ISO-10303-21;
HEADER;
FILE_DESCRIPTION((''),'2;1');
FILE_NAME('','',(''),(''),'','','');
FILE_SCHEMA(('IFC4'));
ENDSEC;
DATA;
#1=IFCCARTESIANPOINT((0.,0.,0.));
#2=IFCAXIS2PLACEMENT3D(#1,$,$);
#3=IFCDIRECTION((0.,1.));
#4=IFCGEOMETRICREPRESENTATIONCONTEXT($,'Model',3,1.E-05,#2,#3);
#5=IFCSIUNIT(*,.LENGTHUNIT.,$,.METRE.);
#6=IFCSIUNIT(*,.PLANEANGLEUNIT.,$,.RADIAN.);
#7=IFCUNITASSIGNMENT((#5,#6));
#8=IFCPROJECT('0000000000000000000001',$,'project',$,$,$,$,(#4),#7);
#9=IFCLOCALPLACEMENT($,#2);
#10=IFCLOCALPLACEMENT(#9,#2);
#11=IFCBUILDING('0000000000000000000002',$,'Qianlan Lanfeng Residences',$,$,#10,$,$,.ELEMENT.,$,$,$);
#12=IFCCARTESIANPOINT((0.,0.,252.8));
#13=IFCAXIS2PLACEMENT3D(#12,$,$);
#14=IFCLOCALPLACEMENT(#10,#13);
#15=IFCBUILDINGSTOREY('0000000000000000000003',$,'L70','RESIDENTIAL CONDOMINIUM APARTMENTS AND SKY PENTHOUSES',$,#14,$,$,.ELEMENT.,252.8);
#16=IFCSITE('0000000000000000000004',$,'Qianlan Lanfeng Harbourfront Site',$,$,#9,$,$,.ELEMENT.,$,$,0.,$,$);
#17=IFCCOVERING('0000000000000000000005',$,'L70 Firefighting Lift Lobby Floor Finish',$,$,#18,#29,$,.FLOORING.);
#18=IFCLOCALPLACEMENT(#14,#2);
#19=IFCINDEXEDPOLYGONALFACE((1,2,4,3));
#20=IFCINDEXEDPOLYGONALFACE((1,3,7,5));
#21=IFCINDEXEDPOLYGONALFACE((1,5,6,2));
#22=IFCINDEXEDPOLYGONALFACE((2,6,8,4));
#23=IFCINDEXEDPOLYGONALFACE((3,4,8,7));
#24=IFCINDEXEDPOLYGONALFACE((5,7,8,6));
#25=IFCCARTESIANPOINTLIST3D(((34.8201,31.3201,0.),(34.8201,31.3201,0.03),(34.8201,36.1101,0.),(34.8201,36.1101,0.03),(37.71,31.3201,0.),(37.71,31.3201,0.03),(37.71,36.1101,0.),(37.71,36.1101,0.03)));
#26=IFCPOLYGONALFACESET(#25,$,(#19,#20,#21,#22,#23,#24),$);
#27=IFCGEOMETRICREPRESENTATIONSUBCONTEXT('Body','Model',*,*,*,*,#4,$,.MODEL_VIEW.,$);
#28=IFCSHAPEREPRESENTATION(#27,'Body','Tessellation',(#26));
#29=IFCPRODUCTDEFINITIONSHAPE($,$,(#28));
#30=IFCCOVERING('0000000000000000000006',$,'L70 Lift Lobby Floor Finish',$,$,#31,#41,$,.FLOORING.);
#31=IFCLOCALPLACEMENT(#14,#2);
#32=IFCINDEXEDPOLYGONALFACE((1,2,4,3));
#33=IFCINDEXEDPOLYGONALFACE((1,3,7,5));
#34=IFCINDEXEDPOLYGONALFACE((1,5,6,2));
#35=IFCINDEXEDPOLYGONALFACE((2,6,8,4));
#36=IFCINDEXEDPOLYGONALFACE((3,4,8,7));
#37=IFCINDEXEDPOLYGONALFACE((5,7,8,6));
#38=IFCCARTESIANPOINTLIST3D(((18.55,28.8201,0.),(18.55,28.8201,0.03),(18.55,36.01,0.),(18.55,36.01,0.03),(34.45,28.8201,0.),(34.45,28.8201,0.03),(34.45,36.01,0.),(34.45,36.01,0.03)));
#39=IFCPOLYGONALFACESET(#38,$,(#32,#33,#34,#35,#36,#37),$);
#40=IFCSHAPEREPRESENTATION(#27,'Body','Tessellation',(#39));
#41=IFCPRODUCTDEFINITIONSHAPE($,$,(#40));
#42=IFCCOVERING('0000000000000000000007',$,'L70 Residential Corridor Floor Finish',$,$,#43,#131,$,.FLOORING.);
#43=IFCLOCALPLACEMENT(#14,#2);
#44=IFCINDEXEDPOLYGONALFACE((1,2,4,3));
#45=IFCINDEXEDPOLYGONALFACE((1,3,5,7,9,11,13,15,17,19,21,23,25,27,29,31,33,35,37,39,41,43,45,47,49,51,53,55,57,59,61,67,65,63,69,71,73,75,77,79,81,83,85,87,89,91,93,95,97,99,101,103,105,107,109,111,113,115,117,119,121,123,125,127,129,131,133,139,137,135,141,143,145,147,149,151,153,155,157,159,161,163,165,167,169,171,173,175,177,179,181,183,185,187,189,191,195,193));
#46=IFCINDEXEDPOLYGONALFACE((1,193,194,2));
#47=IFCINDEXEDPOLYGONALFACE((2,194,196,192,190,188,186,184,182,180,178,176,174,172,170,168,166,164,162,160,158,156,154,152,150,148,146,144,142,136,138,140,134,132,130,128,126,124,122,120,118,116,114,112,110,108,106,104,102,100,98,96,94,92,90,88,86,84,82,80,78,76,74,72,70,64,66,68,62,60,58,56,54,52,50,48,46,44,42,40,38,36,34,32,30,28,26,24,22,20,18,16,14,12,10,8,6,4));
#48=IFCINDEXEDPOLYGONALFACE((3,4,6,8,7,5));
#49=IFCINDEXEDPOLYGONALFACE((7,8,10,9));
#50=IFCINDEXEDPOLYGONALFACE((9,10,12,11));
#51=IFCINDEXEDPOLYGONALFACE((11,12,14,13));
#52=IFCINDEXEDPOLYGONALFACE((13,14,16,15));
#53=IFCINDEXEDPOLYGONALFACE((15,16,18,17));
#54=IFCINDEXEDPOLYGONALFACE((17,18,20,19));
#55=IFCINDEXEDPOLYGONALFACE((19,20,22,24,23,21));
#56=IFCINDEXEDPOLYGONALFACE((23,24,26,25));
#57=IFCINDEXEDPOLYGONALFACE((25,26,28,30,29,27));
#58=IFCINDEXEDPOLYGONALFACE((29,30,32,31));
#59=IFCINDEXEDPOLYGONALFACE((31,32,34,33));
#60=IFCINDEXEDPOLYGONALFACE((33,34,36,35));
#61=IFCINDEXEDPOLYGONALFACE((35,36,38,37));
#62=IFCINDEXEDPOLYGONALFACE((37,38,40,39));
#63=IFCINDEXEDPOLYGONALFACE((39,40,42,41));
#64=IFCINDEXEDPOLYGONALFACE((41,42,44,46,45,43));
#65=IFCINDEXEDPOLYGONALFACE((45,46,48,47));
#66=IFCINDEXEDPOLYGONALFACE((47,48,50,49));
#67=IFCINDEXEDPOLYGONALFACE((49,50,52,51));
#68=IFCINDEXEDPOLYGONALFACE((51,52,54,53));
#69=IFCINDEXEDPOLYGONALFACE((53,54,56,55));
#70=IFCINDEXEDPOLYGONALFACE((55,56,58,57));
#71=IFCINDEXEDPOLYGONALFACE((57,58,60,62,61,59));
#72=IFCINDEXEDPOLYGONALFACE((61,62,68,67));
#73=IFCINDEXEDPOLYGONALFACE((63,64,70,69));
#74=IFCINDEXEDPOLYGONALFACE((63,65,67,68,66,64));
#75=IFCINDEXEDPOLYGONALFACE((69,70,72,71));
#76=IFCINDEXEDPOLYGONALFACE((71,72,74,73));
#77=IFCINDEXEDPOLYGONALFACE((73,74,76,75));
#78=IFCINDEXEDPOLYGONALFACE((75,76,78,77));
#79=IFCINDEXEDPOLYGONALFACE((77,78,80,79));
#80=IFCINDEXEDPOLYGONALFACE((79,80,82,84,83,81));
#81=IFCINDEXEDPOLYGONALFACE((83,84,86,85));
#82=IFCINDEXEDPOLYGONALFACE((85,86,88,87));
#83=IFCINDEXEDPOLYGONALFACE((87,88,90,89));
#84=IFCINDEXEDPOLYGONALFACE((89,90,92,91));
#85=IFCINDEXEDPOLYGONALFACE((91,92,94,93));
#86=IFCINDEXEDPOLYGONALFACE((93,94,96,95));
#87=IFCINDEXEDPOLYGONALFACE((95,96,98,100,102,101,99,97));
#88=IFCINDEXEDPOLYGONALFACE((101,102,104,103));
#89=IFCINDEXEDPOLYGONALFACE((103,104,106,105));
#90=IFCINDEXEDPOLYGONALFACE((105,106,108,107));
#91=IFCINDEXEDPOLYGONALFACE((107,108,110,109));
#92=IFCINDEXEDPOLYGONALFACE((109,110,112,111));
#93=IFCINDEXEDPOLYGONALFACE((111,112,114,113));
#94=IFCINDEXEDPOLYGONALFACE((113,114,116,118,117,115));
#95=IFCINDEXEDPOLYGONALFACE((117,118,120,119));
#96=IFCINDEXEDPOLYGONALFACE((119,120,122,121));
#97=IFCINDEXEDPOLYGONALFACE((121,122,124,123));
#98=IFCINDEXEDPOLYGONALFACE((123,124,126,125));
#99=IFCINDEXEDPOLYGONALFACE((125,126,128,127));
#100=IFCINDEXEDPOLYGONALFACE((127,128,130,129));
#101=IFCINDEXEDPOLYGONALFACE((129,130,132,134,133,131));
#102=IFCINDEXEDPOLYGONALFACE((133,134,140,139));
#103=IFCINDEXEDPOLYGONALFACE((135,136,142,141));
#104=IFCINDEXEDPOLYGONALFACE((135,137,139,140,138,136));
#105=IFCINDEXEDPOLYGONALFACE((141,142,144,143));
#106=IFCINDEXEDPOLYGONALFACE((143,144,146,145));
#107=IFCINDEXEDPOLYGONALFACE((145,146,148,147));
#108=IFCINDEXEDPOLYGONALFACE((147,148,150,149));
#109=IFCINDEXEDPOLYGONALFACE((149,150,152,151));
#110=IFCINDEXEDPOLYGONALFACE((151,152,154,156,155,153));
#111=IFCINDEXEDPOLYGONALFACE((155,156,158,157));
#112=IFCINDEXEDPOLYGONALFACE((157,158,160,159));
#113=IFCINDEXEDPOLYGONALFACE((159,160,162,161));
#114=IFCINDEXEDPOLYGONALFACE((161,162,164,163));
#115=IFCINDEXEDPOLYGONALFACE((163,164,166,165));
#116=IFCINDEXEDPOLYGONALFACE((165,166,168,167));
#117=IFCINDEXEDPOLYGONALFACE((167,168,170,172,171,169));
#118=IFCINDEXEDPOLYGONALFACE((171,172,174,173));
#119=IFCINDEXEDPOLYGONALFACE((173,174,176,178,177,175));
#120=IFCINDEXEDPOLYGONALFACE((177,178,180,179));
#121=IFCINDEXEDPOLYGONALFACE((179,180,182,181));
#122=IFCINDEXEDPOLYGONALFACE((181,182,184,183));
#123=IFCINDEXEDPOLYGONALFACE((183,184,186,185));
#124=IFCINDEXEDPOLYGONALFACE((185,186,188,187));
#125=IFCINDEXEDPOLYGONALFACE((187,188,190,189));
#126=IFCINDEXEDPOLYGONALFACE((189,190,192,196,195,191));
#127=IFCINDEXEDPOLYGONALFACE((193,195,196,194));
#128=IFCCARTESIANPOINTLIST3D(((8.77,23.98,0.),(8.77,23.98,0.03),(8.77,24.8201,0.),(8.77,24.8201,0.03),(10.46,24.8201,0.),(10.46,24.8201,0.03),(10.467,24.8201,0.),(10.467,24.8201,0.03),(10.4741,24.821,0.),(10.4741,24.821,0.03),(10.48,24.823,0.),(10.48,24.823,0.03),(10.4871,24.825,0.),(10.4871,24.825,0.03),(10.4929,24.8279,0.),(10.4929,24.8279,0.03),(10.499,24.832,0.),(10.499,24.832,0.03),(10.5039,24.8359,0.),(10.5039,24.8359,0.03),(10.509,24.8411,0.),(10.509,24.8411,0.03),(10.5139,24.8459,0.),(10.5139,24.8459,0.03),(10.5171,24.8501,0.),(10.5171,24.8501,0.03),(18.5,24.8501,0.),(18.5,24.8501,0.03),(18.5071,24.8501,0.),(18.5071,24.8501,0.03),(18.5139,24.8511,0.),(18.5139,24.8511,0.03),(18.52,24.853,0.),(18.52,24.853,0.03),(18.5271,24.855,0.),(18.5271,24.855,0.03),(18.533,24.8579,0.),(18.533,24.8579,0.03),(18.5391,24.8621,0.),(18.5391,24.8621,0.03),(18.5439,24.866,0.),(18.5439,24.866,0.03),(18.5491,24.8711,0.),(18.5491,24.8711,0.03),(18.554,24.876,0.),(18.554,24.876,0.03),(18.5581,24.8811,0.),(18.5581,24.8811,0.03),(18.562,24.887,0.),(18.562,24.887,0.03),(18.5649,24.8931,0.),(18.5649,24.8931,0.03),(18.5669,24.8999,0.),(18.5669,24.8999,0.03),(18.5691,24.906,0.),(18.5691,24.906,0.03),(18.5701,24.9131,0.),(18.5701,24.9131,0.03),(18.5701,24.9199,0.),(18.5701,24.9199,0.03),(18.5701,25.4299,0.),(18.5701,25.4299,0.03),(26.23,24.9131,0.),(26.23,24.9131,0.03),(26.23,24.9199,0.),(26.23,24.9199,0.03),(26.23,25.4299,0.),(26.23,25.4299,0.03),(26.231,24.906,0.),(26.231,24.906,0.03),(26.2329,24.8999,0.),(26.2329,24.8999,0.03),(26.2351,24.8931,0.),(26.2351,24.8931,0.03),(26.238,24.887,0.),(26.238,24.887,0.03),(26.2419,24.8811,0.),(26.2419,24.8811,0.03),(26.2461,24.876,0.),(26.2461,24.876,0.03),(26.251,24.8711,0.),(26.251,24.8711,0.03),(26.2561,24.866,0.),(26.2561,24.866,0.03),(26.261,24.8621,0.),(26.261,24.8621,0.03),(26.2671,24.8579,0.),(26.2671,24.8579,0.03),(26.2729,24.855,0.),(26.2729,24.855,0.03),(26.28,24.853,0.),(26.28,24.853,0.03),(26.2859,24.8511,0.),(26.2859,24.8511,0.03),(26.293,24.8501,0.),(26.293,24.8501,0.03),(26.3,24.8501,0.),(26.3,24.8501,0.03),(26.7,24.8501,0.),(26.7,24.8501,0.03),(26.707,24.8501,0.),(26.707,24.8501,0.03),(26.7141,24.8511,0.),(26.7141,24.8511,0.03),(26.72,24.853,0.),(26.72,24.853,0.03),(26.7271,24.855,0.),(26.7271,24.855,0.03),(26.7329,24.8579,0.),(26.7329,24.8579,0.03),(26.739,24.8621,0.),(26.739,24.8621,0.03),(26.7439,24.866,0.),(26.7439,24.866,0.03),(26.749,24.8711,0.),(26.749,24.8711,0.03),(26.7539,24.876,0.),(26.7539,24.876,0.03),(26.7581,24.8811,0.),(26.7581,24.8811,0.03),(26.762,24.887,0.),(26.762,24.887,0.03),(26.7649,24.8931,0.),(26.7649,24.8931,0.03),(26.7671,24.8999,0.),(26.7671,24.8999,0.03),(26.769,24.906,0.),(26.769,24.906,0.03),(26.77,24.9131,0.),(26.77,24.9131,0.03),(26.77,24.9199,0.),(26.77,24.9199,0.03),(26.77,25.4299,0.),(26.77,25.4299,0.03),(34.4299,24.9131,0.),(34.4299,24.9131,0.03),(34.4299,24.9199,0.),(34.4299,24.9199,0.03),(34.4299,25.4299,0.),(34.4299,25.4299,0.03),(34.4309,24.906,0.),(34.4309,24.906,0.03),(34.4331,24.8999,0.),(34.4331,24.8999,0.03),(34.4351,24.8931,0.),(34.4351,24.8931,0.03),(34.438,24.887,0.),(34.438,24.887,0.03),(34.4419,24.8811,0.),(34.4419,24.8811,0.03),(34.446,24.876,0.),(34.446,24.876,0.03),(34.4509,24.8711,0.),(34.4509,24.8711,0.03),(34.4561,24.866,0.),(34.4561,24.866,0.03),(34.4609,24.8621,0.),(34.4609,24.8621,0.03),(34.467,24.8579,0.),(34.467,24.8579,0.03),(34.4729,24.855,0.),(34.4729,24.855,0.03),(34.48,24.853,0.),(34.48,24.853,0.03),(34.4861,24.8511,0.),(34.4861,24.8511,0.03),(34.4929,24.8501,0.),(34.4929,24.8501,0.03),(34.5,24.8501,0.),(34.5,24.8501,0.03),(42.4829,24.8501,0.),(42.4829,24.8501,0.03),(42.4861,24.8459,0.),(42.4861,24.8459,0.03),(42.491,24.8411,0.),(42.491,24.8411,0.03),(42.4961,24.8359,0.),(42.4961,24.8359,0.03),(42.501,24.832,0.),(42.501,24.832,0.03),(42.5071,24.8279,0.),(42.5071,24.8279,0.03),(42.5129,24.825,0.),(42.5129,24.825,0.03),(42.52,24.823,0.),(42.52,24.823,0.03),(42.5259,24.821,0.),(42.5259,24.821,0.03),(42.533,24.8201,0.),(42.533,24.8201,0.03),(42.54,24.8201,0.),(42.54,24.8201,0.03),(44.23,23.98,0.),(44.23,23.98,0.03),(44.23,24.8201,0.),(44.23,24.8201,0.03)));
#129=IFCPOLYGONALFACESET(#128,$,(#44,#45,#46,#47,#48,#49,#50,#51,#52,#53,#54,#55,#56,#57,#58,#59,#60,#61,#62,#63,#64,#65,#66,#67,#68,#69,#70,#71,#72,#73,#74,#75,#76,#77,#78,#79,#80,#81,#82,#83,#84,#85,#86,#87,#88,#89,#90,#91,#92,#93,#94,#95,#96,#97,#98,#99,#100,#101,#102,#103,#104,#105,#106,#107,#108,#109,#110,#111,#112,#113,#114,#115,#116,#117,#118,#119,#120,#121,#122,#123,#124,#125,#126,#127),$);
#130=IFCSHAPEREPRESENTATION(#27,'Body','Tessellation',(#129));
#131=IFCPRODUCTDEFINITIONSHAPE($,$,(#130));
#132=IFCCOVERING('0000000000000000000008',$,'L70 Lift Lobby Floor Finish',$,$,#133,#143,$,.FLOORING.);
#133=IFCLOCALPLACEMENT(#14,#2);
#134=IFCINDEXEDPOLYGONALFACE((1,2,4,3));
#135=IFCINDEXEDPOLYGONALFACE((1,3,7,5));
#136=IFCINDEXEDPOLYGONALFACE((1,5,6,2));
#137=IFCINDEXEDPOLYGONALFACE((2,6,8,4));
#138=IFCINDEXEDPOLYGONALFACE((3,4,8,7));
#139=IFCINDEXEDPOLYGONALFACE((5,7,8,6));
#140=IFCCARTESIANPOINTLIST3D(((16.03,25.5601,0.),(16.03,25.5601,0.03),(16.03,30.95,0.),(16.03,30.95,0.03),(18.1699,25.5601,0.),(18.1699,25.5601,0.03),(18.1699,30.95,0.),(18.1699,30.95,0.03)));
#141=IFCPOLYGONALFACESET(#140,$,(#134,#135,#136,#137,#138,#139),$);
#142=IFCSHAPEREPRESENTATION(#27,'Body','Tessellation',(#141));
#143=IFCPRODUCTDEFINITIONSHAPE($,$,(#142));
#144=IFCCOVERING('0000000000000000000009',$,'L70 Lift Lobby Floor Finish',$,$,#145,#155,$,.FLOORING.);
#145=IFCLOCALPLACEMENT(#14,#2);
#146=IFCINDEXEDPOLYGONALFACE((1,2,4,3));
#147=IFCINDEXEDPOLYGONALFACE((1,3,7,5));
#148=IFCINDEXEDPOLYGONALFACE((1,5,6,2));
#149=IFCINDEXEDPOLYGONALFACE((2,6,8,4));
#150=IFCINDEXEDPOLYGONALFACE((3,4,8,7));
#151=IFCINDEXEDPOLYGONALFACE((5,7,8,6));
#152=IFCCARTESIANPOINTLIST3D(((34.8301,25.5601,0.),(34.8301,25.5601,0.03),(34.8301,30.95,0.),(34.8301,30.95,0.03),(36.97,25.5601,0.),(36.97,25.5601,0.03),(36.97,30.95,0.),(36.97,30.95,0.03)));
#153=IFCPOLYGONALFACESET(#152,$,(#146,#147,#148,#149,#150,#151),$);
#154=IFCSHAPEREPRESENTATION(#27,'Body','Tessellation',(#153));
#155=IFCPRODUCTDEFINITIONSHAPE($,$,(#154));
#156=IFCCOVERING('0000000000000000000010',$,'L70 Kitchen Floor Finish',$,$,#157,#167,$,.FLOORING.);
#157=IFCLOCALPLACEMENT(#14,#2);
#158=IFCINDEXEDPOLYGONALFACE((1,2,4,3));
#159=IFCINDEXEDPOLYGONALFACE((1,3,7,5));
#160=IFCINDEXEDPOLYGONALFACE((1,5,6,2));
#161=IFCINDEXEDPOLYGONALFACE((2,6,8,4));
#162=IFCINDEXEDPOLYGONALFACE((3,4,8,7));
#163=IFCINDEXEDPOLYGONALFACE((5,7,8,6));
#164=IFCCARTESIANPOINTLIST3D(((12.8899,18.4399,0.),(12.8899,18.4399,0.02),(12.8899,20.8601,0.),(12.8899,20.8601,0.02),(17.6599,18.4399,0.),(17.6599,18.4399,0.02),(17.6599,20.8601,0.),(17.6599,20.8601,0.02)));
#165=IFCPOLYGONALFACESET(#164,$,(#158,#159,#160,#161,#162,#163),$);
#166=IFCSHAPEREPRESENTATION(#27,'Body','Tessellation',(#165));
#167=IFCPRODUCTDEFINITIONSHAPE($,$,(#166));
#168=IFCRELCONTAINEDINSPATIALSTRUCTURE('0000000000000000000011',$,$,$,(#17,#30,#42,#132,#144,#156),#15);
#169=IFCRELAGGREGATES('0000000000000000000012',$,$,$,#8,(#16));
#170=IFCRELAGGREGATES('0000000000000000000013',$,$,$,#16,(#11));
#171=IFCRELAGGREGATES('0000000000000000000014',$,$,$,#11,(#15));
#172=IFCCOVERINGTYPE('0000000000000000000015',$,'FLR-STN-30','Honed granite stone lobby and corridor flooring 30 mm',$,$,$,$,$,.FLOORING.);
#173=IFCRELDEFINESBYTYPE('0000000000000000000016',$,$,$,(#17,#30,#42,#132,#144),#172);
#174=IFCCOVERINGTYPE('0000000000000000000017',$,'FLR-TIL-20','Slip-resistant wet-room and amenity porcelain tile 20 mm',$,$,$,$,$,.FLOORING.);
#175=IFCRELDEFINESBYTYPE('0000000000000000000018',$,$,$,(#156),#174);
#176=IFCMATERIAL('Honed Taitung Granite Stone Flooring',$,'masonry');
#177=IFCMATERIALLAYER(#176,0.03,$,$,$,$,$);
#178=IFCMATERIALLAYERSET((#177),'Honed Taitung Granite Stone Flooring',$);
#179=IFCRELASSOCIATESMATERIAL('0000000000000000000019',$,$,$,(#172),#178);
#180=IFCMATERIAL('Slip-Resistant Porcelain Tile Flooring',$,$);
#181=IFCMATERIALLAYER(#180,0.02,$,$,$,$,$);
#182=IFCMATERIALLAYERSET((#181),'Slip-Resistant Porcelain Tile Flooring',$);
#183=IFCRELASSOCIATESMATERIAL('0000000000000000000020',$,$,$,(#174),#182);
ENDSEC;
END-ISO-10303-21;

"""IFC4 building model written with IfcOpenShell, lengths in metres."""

from ifc_helpers import new_model, si_unit, direction, frame, origin, place, context, subcontext, project, spatial, polyline, outline, extrude, material, layer, layer_set, type_object, element, save


model = new_model("IFC4")

# Units and contexts
model_context = context("Model", 3, precision=1e-05, world=origin(), true_north=direction((0.0, 1.0)))
body_context = subcontext(model_context, "Body", "Model", "MODEL_VIEW")
ifc_project = project(units=[si_unit("LENGTHUNIT", "METRE"), si_unit("PLANEANGLEUNIT", "RADIAN")], contexts=[model_context])

# Site, building, storey
site_placement = place(None, origin())
site = spatial("IfcSite", under=ifc_project, at=site_placement, Name="Qianlan Lanfeng Harbourfront Site", CompositionType="ELEMENT", RefElevation=0.0)
building_placement = place(site_placement, origin())
building = spatial("IfcBuilding", under=site, at=building_placement, Name="Qianlan Lanfeng Residences", CompositionType="ELEMENT")
storey_placement = place(building_placement, frame((0.0, 0.0, 252.8)))
storey = spatial("IfcBuildingStorey", under=building, at=storey_placement, Name="L70", Description="RESIDENTIAL CONDOMINIUM APARTMENTS AND SKY PENTHOUSES", CompositionType="ELEMENT", Elevation=252.8)

# Coverings
ifc_material_1 = material(Name="Honed Taitung Granite Stone Flooring", Category="masonry")
ifc_layer_1 = layer(ifc_material_1, 0.03)
ifc_layer_set_1 = layer_set([ifc_layer_1], Name="Honed Taitung Granite Stone Flooring")
covering_type_1 = type_object("IfcCoveringType", Name="FLR-STN-30", Description="Honed granite stone lobby and corridor flooring 30 mm", PredefinedType="FLOORING", material=ifc_layer_set_1)
covering_1_placement = place(storey_placement, origin())
element("IfcCovering", 1, at=covering_1_placement, inside=storey, type_object=covering_type_1, Name="L70 Firefighting Lift Lobby Floor Finish", PredefinedType="FLOORING", context=body_context, shape_type="SweptSolid", body=[
    extrude(outline(polyline([(34.8201, 31.3201), (37.71, 31.3201), (37.71, 36.1101), (34.8201, 36.1101), (34.8201, 31.3201)])), origin(), (0.0, 0.0, 1.0), 0.03),
])
covering_2_placement = place(storey_placement, origin())
element("IfcCovering", 2, at=covering_2_placement, inside=storey, type_object=covering_type_1, Name="L70 Lift Lobby Floor Finish", PredefinedType="FLOORING", context=body_context, shape_type="SweptSolid", body=[
    extrude(outline(polyline([(18.55, 28.8201), (34.45, 28.8201), (34.45, 36.01), (18.55, 36.01), (18.55, 28.8201)])), origin(), (0.0, 0.0, 1.0), 0.03),
])
covering_3_placement = place(storey_placement, origin())
element("IfcCovering", 3, at=covering_3_placement, inside=storey, type_object=covering_type_1, Name="L70 Residential Corridor Floor Finish", PredefinedType="FLOORING", context=body_context, shape_type="SweptSolid", body=[
    extrude(outline(polyline([(8.77, 23.98), (44.23, 23.98), (44.23, 24.8201), (42.54, 24.8201), (42.533, 24.8201), (42.5259, 24.821), (42.52, 24.823), (42.5129, 24.825), (42.5071, 24.8279), (42.501, 24.832), (42.4961, 24.8359), (42.491, 24.8411), (42.4861, 24.8459), (42.4829, 24.8501), (34.5, 24.8501), (34.4929, 24.8501), (34.4861, 24.8511), (34.48, 24.853), (34.4729, 24.855), (34.467, 24.8579), (34.4609, 24.8621), (34.4561, 24.866), (34.4509, 24.8711), (34.446, 24.876), (34.4419, 24.8811), (34.438, 24.887), (34.4351, 24.8931), (34.4331, 24.8999), (34.4309, 24.906), (34.4299, 24.9131), (34.4299, 24.9199), (34.4299, 25.4299), (26.77, 25.4299), (26.77, 24.9199), (26.77, 24.9131), (26.769, 24.906), (26.7671, 24.8999), (26.7649, 24.8931), (26.762, 24.887), (26.7581, 24.8811), (26.7539, 24.876), (26.749, 24.8711), (26.7439, 24.866), (26.739, 24.8621), (26.7329, 24.8579), (26.7271, 24.855), (26.72, 24.853), (26.7141, 24.8511), (26.707, 24.8501), (26.7, 24.8501), (26.3, 24.8501), (26.293, 24.8501), (26.2859, 24.8511), (26.28, 24.853), (26.2729, 24.855), (26.2671, 24.8579), (26.261, 24.8621), (26.2561, 24.866), (26.251, 24.8711), (26.2461, 24.876), (26.2419, 24.8811), (26.238, 24.887), (26.2351, 24.8931), (26.2329, 24.8999), (26.231, 24.906), (26.23, 24.9131), (26.23, 24.9199), (26.23, 25.4299), (18.5701, 25.4299), (18.5701, 24.9199), (18.5701, 24.9131), (18.5691, 24.906), (18.5669, 24.8999), (18.5649, 24.8931), (18.562, 24.887), (18.5581, 24.8811), (18.554, 24.876), (18.5491, 24.8711), (18.5439, 24.866), (18.5391, 24.8621), (18.533, 24.8579), (18.5271, 24.855), (18.52, 24.853), (18.5139, 24.8511), (18.5071, 24.8501), (18.5, 24.8501), (10.5171, 24.8501), (10.5139, 24.8459), (10.509, 24.8411), (10.5039, 24.8359), (10.499, 24.832), (10.4929, 24.8279), (10.4871, 24.825), (10.48, 24.823), (10.4741, 24.821), (10.467, 24.8201), (10.46, 24.8201), (8.77, 24.8201), (8.77, 23.98)])), origin(), (0.0, 0.0, 1.0), 0.03),
])
covering_4_placement = place(storey_placement, origin())
element("IfcCovering", 4, at=covering_4_placement, inside=storey, type_object=covering_type_1, Name="L70 Lift Lobby Floor Finish", PredefinedType="FLOORING", context=body_context, shape_type="SweptSolid", body=[
    extrude(outline(polyline([(16.03, 25.5601), (18.1699, 25.5601), (18.1699, 30.95), (16.03, 30.95), (16.03, 25.5601)])), origin(), (0.0, 0.0, 1.0), 0.03),
])
covering_5_placement = place(storey_placement, origin())
element("IfcCovering", 5, at=covering_5_placement, inside=storey, type_object=covering_type_1, Name="L70 Lift Lobby Floor Finish", PredefinedType="FLOORING", context=body_context, shape_type="SweptSolid", body=[
    extrude(outline(polyline([(34.8301, 25.5601), (36.97, 25.5601), (36.97, 30.95), (34.8301, 30.95), (34.8301, 25.5601)])), origin(), (0.0, 0.0, 1.0), 0.03),
])
ifc_material_2 = material(Name="Slip-Resistant Porcelain Tile Flooring")
ifc_layer_2 = layer(ifc_material_2, 0.02)
ifc_layer_set_2 = layer_set([ifc_layer_2], Name="Slip-Resistant Porcelain Tile Flooring")
covering_type_2 = type_object("IfcCoveringType", Name="FLR-TIL-20", Description="Slip-resistant wet-room and amenity porcelain tile 20 mm", PredefinedType="FLOORING", material=ifc_layer_set_2)
covering_6_placement = place(storey_placement, origin())
element("IfcCovering", 6, at=covering_6_placement, inside=storey, type_object=covering_type_2, Name="L70 Kitchen Floor Finish", PredefinedType="FLOORING", context=body_context, shape_type="SweptSolid", body=[
    extrude(outline(polyline([(12.8899, 18.4399), (17.6599, 18.4399), (17.6599, 20.8601), (12.8899, 20.8601), (12.8899, 18.4399)])), origin(), (0.0, 0.0, 1.0), 0.02),
])

save(model, "model.ifc")
